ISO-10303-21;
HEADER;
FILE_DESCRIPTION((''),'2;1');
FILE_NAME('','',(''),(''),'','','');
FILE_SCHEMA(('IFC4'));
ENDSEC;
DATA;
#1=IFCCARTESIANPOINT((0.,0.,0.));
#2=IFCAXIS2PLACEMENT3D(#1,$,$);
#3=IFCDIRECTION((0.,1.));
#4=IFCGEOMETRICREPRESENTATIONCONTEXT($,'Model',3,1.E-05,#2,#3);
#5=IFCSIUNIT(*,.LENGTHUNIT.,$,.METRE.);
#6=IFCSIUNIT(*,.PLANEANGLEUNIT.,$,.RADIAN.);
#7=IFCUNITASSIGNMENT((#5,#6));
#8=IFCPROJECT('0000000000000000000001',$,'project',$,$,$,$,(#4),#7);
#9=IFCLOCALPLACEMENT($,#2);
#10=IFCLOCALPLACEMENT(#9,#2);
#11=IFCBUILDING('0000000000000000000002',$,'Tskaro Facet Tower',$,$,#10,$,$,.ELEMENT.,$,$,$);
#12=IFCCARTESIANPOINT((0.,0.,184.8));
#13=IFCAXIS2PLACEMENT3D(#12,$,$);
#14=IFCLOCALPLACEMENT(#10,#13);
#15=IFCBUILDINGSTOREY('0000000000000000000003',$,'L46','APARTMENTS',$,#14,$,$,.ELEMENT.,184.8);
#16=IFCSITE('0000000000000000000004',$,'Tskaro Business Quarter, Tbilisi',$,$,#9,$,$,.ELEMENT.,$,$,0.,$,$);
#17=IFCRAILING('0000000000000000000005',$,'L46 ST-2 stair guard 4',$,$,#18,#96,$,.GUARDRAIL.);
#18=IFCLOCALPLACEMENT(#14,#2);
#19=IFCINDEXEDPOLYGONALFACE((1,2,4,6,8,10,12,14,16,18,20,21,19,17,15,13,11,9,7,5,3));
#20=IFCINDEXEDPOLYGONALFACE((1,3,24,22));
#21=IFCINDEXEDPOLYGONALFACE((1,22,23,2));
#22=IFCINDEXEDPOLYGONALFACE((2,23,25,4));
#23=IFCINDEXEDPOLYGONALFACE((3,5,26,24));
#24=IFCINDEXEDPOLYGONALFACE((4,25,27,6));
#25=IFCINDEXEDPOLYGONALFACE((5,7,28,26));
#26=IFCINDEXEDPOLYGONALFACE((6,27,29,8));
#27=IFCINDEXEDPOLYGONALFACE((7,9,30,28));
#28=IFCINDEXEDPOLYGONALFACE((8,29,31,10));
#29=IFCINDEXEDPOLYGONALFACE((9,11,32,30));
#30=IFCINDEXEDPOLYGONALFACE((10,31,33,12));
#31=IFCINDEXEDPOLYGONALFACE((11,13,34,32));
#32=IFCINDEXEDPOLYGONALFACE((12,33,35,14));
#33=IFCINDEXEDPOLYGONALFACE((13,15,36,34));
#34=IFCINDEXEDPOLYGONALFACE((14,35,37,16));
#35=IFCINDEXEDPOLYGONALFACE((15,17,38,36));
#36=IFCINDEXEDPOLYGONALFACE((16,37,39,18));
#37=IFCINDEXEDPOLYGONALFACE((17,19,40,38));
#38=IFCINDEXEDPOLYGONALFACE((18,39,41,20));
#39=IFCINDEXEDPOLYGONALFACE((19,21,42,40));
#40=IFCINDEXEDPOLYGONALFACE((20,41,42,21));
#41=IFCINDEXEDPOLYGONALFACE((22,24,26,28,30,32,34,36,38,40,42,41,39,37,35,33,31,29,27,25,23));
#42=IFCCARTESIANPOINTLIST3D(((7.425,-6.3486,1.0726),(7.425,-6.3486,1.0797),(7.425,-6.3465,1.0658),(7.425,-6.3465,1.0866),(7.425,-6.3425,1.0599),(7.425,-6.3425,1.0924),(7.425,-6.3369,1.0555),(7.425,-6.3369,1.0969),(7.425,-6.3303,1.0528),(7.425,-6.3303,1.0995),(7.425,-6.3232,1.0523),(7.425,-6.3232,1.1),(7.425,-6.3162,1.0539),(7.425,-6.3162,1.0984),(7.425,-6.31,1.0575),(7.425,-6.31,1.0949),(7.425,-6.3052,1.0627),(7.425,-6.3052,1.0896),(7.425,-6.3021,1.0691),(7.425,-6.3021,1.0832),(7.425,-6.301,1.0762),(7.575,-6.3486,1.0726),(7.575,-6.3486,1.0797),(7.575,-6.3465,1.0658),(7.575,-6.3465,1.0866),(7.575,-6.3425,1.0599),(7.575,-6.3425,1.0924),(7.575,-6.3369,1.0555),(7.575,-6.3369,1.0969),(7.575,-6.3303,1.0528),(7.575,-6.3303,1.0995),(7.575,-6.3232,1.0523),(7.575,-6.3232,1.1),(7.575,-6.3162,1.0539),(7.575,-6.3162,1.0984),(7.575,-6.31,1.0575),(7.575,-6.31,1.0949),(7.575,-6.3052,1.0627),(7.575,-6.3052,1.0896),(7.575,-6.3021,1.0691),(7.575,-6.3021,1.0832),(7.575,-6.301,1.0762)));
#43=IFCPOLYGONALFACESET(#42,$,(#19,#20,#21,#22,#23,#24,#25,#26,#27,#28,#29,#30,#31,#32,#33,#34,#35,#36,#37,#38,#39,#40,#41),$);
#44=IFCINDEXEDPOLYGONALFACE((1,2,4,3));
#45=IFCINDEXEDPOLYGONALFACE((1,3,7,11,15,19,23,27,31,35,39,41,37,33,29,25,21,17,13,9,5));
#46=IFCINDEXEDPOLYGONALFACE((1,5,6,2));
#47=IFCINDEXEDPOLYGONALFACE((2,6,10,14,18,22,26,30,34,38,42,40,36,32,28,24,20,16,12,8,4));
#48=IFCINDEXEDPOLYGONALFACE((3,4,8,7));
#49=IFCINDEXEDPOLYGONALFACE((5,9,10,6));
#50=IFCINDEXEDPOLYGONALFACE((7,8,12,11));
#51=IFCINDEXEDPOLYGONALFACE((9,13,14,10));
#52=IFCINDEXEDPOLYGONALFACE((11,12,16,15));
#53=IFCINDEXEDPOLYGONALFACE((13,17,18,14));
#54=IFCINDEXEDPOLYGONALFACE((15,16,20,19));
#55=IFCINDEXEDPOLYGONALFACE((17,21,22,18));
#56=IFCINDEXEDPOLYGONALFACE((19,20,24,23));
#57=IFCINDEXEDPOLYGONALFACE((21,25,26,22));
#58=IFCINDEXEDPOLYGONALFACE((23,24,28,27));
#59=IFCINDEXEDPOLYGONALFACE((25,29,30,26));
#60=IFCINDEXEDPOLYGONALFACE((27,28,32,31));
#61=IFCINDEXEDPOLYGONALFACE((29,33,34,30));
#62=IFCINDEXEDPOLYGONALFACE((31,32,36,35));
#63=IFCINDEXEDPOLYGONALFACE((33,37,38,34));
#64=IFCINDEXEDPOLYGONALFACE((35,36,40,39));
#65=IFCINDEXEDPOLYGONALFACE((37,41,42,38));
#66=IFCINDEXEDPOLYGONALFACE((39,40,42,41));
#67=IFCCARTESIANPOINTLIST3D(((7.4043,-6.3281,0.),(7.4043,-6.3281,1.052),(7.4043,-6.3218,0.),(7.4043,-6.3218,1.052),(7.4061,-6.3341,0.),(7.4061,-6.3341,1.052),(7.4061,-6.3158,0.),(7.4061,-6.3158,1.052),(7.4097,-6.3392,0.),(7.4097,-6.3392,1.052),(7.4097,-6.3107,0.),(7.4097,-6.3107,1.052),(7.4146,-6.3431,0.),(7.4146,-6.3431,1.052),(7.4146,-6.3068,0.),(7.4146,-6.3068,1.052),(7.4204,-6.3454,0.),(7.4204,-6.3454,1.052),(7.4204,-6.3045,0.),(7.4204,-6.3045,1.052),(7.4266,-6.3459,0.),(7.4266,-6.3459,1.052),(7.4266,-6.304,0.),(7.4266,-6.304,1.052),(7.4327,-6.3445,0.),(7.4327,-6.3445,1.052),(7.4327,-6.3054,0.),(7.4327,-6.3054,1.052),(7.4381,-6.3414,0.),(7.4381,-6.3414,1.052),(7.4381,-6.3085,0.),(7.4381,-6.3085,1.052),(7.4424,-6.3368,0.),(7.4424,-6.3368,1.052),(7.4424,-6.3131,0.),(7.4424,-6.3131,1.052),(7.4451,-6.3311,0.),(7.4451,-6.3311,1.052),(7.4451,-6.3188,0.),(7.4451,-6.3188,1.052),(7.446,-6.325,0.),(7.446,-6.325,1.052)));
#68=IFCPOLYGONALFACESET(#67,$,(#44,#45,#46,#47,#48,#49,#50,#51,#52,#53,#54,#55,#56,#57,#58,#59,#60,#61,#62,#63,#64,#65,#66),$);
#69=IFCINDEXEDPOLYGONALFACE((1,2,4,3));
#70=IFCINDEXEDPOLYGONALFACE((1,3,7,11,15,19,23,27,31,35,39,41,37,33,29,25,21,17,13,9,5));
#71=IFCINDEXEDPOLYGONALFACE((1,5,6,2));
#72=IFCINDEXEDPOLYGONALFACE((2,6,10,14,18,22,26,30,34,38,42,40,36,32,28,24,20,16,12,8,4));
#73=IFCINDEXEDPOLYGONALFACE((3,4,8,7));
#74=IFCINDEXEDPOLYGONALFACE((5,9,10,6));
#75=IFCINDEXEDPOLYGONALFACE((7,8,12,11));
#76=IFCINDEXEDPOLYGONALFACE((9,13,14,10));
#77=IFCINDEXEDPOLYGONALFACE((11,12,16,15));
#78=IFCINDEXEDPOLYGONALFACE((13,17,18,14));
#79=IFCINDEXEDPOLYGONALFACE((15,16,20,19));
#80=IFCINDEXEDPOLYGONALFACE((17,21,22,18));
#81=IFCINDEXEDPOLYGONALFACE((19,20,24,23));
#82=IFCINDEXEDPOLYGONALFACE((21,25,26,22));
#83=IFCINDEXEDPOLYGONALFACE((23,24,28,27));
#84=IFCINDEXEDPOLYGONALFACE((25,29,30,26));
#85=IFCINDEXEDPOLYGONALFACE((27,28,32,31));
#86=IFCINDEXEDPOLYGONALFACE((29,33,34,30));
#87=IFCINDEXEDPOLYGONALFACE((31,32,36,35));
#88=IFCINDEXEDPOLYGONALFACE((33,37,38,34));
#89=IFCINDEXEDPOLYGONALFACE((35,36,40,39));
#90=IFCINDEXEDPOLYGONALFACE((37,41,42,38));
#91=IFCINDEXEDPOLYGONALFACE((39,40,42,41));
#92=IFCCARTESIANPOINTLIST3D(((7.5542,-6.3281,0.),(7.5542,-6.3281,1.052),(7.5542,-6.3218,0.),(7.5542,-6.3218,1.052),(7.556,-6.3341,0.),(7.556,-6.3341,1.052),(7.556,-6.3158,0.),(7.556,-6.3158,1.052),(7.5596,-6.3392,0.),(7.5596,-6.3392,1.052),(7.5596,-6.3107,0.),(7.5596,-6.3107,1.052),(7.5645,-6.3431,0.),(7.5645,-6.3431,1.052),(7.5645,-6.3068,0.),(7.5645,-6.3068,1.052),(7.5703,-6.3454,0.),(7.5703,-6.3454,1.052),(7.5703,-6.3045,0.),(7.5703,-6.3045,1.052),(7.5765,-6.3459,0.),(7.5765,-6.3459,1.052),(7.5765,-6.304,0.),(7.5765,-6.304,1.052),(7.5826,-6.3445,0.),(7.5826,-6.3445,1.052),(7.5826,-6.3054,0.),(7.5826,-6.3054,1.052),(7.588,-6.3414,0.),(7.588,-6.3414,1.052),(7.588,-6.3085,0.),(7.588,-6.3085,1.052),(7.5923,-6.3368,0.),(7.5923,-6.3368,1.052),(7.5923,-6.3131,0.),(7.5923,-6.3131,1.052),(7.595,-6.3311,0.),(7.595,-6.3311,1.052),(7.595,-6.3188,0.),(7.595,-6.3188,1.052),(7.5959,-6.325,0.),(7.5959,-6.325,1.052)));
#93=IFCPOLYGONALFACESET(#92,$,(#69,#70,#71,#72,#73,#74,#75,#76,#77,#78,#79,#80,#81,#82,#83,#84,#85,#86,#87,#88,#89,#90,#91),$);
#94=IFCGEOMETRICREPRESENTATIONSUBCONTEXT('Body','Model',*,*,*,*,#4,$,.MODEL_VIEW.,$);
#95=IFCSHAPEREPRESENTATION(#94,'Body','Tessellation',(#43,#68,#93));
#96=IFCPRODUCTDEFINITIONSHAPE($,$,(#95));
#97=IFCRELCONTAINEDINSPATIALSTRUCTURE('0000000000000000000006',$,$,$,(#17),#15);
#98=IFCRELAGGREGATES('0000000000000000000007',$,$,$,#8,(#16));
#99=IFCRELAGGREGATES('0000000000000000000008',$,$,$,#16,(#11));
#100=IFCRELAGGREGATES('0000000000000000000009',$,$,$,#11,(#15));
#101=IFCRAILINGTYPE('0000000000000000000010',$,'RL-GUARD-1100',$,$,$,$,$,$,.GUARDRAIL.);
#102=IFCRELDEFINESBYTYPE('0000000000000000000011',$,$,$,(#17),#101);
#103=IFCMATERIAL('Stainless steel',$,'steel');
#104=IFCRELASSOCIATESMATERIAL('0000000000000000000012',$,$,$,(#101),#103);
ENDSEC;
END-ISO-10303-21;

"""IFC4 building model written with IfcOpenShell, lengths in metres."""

from ifc_helpers import new_model, si_unit, direction, frame, origin, origin_2d, place, context, subcontext, project, spatial, circle, extrude, material, type_object, element, save


model = new_model("IFC4")

# Units and contexts
model_context = context("Model", 3, precision=1e-05, world=origin(), true_north=direction((0.0, 1.0)))
body_context = subcontext(model_context, "Body", "Model", "MODEL_VIEW")
ifc_project = project(units=[si_unit("LENGTHUNIT", "METRE"), si_unit("PLANEANGLEUNIT", "RADIAN")], contexts=[model_context])

# Site, building, storey
site_placement = place(None, origin())
site = spatial("IfcSite", under=ifc_project, at=site_placement, Name="Tskaro Business Quarter, Tbilisi", CompositionType="ELEMENT", RefElevation=0.0)
building_placement = place(site_placement, origin())
building = spatial("IfcBuilding", under=site, at=building_placement, Name="Tskaro Facet Tower", CompositionType="ELEMENT")
storey_placement = place(building_placement, frame((0.0, 0.0, 184.8)))
storey = spatial("IfcBuildingStorey", under=building, at=storey_placement, Name="L46", Description="APARTMENTS", CompositionType="ELEMENT", Elevation=184.8)

# Shared definitions
ifc_material_1 = material(Name="Stainless steel", Category="steel")

# Railing
railing_type_1 = type_object("IfcRailingType", Name="RL-GUARD-1100", PredefinedType="GUARDRAIL", material=ifc_material_1)
railing_1_placement = place(storey_placement, frame((7.425, -6.325, 0.0)))
element("IfcRailing", 1, at=railing_1_placement, inside=storey, type_object=railing_type_1, Name="L46 ST-2 stair guard 4", PredefinedType="GUARDRAIL", context=body_context, shape_type="SweptSolid", body=[
    extrude(circle(Radius=0.0239, at=origin_2d()), frame((0.0, 0.0, 1.0762), z_axis=(1.0, 0.0, 0.0), x_axis=(0.0, 1.0, 0.0)), (0.0, 0.0, 1.0), 0.1499),
    extrude(circle(Radius=0.021, at=origin_2d()), origin(), (0.0, 0.0, 1.0), 1.052),
    extrude(circle(Radius=0.021, at=origin_2d()), frame((0.1499, 0.0, 0.0)), (0.0, 0.0, 1.0), 1.052),
])

save(model, "model.ifc")
